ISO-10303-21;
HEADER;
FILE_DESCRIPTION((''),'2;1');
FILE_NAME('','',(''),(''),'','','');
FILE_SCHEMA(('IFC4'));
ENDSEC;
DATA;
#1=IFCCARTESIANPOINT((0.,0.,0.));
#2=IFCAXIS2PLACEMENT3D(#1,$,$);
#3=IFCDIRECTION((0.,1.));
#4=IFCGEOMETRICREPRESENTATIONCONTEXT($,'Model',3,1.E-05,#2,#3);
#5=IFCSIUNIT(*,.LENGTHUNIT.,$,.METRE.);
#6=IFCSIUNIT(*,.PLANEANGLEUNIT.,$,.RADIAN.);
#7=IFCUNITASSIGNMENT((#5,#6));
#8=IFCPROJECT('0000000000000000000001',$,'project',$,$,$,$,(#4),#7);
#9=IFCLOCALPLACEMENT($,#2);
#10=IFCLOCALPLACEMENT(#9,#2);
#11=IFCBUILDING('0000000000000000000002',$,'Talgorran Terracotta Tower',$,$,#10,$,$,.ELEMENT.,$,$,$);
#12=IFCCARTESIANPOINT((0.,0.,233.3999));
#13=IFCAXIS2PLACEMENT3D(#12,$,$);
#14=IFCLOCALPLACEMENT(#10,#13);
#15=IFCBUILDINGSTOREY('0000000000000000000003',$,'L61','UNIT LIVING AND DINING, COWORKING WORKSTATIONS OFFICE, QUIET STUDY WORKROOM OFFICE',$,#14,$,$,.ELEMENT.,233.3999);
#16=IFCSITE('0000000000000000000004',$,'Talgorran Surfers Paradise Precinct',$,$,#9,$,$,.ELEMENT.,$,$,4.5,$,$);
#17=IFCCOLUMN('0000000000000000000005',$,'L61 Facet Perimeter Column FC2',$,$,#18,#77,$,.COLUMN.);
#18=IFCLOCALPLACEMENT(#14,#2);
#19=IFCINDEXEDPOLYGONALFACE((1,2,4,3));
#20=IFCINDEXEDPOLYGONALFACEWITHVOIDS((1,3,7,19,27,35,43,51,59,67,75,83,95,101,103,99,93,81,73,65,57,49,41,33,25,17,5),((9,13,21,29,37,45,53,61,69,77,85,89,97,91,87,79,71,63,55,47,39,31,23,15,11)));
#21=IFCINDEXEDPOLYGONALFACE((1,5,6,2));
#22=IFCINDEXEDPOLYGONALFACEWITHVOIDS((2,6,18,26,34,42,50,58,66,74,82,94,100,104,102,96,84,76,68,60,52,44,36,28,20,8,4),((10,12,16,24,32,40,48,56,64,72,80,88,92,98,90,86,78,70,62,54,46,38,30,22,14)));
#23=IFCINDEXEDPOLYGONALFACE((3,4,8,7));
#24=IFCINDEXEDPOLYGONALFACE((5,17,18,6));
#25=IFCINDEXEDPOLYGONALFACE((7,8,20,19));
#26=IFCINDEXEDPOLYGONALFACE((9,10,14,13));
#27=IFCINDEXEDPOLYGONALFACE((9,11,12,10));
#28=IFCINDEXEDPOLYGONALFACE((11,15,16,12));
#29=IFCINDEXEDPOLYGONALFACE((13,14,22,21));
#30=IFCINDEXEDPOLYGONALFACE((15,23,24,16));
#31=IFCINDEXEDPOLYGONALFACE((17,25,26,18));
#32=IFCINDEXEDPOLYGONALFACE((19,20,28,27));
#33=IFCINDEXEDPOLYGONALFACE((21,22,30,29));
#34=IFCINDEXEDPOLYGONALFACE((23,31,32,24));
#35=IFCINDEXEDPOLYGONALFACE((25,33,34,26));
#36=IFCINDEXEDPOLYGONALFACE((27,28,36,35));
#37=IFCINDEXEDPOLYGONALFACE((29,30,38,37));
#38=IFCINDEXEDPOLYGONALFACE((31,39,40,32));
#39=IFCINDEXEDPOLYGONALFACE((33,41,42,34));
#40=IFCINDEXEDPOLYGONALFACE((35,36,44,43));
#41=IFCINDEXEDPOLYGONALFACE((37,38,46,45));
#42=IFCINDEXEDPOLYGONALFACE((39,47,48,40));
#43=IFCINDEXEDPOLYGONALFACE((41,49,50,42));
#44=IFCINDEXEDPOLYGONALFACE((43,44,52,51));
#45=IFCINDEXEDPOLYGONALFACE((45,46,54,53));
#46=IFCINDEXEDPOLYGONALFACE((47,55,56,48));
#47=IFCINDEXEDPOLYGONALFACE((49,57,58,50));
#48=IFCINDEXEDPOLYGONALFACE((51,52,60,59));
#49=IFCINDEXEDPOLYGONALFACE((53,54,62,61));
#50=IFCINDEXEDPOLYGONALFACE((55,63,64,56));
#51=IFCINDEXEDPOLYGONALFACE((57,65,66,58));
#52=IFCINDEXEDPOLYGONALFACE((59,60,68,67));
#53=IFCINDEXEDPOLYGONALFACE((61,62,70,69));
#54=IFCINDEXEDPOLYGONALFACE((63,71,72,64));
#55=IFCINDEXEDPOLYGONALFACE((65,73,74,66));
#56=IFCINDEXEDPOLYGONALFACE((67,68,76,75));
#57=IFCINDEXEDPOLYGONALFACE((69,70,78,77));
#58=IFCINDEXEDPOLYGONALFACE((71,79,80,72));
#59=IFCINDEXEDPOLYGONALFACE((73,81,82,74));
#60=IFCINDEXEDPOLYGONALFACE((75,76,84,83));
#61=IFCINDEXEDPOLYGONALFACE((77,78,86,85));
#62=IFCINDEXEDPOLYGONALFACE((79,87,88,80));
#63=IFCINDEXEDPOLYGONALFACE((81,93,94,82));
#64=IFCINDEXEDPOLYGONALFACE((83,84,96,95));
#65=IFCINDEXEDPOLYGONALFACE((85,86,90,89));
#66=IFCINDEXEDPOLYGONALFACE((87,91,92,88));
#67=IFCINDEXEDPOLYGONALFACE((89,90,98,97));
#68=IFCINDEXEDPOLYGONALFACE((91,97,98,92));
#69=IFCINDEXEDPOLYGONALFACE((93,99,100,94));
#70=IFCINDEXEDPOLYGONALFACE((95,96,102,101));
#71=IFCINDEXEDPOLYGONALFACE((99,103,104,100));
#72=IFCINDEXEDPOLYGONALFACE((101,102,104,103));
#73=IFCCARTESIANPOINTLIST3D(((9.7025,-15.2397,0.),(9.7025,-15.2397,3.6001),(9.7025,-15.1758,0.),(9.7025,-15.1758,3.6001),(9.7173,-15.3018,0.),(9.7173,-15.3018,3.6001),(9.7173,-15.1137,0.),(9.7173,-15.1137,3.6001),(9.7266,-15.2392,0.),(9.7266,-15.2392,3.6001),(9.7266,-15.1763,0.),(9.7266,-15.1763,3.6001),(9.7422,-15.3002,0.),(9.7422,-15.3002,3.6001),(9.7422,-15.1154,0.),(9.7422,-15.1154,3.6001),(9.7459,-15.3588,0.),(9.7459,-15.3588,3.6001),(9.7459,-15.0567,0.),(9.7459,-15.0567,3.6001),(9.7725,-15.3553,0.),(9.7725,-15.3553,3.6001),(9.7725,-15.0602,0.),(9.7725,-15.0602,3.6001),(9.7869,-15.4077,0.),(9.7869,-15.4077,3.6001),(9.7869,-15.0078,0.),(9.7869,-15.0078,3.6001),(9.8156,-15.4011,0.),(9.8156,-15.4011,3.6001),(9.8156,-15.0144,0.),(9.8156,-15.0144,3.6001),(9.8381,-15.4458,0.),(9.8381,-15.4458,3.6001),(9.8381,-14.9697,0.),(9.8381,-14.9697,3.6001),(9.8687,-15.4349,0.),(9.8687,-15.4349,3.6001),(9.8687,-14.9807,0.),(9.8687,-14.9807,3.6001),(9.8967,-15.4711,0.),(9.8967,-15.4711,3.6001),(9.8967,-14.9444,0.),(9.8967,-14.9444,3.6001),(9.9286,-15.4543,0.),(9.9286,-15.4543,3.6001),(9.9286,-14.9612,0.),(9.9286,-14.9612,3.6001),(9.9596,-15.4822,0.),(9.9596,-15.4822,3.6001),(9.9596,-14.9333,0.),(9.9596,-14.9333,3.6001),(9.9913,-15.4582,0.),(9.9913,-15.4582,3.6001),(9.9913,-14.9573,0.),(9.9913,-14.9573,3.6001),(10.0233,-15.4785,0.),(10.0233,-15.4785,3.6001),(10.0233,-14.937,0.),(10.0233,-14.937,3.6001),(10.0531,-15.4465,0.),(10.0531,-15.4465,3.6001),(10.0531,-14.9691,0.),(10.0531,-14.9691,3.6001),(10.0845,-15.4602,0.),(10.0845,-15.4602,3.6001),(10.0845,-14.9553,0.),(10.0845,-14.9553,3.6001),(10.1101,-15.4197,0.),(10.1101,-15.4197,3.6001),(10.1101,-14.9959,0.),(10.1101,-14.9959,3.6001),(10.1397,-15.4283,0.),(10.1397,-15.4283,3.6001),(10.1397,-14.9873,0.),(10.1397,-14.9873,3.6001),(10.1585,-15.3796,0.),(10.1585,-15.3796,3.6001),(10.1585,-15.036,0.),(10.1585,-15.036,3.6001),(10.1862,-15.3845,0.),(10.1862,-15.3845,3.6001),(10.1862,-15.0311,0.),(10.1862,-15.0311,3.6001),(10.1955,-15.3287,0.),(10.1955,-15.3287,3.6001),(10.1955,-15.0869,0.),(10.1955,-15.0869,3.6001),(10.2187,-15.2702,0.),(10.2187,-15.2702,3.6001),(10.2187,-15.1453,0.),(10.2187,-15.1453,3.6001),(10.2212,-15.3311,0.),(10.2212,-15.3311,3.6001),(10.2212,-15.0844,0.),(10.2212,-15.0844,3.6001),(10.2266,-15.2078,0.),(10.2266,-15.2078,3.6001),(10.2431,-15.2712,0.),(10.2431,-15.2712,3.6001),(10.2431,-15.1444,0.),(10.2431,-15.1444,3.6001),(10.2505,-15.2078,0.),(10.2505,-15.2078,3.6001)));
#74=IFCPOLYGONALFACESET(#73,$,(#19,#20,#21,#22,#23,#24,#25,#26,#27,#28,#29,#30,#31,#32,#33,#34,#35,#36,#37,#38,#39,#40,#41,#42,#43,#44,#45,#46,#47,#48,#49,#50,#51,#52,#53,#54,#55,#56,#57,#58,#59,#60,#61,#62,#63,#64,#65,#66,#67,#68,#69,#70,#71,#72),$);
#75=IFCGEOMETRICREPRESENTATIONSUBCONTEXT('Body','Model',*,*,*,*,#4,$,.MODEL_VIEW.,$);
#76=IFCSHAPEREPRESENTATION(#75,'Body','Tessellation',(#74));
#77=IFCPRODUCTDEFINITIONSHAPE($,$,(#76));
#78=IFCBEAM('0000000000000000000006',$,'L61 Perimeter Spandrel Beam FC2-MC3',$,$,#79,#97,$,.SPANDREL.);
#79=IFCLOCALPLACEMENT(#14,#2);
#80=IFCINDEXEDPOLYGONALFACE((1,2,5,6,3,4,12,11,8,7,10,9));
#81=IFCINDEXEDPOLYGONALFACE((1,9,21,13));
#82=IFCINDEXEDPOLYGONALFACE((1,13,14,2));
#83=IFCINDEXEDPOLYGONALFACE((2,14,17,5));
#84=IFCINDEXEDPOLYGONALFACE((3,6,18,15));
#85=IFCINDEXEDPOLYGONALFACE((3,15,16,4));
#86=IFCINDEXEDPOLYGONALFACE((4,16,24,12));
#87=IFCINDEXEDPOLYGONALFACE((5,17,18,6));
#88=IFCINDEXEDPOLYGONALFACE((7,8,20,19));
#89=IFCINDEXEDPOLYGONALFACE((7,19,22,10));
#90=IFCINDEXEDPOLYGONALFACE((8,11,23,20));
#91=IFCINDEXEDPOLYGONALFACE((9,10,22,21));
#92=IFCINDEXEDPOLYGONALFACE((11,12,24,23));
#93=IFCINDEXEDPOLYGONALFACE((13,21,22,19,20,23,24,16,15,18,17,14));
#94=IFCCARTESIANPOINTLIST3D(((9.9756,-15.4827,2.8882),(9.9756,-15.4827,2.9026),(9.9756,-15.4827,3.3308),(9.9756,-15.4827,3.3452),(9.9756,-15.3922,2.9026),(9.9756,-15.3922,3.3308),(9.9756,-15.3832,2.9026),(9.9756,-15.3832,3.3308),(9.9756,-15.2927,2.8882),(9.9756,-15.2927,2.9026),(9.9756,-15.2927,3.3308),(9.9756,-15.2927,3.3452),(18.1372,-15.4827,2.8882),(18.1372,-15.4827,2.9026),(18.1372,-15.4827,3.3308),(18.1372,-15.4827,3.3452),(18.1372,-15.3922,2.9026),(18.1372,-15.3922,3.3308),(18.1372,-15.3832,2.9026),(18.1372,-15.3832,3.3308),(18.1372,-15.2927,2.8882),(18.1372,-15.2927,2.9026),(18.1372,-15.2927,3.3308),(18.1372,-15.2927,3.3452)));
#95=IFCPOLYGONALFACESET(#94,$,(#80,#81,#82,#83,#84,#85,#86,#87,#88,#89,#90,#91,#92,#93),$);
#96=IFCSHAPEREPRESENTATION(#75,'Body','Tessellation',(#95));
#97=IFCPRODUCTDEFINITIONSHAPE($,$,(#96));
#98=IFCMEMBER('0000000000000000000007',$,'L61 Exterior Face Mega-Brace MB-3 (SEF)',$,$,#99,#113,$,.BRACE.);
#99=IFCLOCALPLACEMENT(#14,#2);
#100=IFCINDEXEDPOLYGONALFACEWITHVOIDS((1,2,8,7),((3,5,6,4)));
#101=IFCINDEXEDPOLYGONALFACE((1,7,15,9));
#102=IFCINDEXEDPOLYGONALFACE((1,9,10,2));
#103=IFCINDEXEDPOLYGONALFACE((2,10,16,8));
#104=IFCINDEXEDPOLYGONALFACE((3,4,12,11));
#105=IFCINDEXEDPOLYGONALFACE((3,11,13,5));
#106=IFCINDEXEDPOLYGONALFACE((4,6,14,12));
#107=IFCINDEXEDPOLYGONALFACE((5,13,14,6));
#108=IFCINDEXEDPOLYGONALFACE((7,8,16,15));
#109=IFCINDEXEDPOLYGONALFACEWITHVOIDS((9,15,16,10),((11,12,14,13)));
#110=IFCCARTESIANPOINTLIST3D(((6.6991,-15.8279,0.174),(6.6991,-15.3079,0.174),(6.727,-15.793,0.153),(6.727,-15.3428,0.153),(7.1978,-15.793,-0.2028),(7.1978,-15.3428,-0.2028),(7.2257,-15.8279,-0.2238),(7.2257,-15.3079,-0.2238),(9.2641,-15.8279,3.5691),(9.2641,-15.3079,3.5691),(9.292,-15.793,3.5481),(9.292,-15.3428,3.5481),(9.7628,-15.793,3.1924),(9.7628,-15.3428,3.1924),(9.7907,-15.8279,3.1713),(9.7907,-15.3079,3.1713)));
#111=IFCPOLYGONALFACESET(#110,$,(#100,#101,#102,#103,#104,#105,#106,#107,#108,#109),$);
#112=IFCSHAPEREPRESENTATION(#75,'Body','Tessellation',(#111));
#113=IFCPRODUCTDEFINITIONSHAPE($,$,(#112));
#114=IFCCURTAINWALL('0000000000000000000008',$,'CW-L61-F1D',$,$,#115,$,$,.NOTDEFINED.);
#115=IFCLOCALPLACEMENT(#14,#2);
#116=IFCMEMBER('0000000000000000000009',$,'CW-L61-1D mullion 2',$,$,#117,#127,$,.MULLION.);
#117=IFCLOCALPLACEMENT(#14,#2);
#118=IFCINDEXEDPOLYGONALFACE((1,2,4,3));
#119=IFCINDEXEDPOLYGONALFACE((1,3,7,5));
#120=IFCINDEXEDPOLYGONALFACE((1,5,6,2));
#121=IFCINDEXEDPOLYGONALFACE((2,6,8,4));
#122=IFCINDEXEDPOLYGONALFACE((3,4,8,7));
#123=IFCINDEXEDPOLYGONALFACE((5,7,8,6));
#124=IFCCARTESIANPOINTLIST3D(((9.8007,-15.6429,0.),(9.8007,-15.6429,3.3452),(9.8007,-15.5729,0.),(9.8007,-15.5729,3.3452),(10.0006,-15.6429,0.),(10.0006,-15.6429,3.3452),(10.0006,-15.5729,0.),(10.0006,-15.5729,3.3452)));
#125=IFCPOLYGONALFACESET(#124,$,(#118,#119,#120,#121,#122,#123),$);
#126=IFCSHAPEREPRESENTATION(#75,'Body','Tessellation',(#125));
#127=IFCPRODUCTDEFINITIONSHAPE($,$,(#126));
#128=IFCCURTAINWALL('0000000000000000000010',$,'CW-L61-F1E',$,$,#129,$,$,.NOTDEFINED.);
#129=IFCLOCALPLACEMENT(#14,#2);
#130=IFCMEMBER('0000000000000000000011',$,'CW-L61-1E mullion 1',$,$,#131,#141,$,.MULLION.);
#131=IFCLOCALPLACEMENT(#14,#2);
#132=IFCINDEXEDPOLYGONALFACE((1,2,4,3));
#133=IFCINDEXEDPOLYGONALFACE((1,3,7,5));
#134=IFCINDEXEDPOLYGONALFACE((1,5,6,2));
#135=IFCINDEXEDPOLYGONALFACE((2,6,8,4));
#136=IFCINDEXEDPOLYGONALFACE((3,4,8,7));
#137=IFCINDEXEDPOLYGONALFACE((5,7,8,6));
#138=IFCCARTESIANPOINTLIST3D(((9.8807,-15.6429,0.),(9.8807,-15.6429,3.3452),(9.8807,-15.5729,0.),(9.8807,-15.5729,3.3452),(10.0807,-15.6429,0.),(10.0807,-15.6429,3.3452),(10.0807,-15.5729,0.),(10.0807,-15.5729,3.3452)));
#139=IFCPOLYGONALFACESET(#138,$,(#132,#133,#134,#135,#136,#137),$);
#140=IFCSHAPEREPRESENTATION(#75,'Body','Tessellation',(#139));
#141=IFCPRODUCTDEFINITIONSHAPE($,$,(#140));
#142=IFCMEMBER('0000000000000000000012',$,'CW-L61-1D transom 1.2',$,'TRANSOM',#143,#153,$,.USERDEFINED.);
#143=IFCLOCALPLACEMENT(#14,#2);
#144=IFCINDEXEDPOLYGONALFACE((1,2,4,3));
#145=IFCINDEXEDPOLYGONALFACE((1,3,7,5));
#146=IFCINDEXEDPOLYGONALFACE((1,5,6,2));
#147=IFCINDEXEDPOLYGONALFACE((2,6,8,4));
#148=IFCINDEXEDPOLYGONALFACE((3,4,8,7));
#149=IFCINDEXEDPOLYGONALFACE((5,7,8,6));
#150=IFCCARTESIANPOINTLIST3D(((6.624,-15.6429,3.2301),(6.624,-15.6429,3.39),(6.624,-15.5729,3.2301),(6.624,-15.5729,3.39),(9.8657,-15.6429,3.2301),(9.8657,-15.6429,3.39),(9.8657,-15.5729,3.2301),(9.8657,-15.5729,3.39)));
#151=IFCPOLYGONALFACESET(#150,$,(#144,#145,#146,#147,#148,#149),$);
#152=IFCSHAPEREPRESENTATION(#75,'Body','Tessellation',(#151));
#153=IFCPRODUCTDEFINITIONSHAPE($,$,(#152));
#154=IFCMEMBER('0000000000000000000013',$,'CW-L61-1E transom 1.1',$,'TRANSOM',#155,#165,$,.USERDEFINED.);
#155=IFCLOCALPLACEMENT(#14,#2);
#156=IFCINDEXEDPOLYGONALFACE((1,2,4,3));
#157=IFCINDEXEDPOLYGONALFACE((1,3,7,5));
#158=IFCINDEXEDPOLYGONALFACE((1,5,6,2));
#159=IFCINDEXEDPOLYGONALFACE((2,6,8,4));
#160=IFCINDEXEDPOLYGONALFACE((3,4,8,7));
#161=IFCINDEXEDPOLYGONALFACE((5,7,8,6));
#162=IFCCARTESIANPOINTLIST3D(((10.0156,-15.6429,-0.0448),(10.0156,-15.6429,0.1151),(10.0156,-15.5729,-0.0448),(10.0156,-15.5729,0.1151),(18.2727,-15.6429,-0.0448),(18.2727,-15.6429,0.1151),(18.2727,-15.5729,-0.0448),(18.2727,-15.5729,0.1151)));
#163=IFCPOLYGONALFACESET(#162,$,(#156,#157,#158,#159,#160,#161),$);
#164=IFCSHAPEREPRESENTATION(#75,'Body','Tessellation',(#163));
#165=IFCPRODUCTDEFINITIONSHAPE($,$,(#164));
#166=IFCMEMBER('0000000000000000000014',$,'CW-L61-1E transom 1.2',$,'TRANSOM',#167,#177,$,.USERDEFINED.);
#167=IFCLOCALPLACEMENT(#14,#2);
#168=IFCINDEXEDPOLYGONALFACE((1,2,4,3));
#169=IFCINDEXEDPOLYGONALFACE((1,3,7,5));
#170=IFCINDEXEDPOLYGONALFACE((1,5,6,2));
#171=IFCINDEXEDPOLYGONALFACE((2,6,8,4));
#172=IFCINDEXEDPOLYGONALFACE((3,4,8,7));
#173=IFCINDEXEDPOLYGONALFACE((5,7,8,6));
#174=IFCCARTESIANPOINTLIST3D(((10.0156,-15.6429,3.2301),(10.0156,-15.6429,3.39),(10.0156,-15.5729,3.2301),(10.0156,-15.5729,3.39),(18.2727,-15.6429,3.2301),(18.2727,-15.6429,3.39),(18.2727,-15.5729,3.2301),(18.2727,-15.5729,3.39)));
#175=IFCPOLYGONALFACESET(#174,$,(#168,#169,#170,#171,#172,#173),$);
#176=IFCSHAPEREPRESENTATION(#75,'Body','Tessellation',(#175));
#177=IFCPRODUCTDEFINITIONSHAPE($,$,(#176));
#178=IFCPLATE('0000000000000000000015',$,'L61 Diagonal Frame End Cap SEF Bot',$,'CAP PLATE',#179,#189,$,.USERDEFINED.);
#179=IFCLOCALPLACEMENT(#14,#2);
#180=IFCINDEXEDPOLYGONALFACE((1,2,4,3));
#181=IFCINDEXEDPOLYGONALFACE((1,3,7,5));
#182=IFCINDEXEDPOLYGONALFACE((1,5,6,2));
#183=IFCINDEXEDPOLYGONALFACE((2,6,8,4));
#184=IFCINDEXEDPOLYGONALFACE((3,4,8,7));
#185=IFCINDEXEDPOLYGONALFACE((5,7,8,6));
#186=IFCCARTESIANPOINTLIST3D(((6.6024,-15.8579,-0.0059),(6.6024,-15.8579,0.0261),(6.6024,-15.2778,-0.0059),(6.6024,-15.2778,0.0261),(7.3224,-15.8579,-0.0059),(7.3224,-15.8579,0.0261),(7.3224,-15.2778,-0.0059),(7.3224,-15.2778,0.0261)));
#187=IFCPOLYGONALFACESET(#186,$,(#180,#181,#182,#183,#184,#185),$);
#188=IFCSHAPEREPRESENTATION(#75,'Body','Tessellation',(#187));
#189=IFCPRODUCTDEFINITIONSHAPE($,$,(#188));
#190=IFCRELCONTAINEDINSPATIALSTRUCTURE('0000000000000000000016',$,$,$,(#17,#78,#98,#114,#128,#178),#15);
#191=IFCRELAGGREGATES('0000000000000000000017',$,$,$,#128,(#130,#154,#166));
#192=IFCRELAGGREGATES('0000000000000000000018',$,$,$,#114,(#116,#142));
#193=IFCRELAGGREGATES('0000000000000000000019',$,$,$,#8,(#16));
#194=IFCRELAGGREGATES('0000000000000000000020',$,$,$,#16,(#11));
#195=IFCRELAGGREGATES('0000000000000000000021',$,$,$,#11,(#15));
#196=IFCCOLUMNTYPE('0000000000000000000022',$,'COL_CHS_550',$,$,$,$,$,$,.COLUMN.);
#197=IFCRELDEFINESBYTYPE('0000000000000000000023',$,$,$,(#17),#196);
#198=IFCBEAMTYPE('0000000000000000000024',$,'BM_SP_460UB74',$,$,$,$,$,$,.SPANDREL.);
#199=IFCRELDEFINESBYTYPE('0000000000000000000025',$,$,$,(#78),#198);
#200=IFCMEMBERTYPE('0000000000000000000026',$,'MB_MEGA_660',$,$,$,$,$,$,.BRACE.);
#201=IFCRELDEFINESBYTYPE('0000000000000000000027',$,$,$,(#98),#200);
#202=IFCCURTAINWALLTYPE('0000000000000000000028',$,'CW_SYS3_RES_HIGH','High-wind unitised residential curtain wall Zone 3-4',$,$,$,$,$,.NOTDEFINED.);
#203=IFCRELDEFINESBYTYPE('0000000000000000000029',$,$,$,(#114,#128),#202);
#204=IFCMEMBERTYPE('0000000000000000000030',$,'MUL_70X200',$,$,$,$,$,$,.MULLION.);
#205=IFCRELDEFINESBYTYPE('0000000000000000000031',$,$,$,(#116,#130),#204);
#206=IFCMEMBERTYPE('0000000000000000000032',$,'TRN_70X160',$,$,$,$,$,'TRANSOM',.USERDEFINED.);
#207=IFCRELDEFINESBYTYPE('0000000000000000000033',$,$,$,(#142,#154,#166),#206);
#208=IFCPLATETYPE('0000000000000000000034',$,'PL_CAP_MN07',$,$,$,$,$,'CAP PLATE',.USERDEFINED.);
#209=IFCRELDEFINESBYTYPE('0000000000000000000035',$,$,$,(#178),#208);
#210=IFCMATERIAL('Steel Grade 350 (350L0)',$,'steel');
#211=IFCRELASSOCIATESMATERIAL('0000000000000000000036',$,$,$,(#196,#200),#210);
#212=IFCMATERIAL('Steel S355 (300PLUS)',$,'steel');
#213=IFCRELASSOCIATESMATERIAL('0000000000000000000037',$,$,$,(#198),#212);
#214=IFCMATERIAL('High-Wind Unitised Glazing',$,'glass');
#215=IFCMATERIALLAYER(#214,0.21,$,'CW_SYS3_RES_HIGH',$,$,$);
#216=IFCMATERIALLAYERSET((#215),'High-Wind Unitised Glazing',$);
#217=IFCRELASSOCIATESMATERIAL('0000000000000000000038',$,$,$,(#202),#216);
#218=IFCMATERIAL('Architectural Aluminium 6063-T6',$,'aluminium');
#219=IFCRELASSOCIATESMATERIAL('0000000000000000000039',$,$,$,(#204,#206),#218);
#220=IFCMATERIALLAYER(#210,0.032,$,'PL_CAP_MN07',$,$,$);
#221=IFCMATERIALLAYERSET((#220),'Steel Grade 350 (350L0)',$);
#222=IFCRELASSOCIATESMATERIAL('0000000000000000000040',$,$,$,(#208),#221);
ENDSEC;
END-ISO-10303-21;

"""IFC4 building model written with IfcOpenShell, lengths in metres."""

from ifc_helpers import new_model, si_unit, direction, frame, origin, origin_2d, place, context, subcontext, project, spatial, rectangle, hollow_rectangle, hollow_circle, i_section, extrude, material, layer, layer_set, material_profile, profile_set, type_object, element, aggregate, save


model = new_model("IFC4")

# Units and contexts
model_context = context("Model", 3, precision=1e-05, world=origin(), true_north=direction((0.0, 1.0)))
body_context = subcontext(model_context, "Body", "Model", "MODEL_VIEW")
ifc_project = project(units=[si_unit("LENGTHUNIT", "METRE"), si_unit("PLANEANGLEUNIT", "RADIAN")], contexts=[model_context])

# Site, building, storey
site_placement = place(None, origin())
site = spatial("IfcSite", under=ifc_project, at=site_placement, Name="Talgorran Surfers Paradise Precinct", CompositionType="ELEMENT", RefElevation=4.5)
building_placement = place(site_placement, origin())
building = spatial("IfcBuilding", under=site, at=building_placement, Name="Talgorran Terracotta Tower", CompositionType="ELEMENT")
storey_placement = place(building_placement, frame((0.0, 0.0, 233.3999)))
storey = spatial("IfcBuildingStorey", under=building, at=storey_placement, Name="L61", Description="UNIT LIVING AND DINING, COWORKING WORKSTATIONS OFFICE, QUIET STUDY WORKROOM OFFICE", CompositionType="ELEMENT", Elevation=233.3999)

# Column
ifc_material_1 = material(Name="Steel Grade 350 (350L0)", Category="steel")
ifc_material_profile_1 = material_profile(ifc_material_1, hollow_circle(Radius=0.2749, WallThickness=0.0239, at=origin_2d()), Name="CHS550X24")
ifc_profile_set_1 = profile_set([ifc_material_profile_1], Name="Steel Grade 350 (350L0)")
column_type = type_object("IfcColumnType", Name="COL_CHS_550", PredefinedType="COLUMN", material=ifc_profile_set_1)
column_placement = place(storey_placement, frame((9.9756, -15.2078, 0.0), z_axis=(0.0, 0.0, 1.0), x_axis=(1.0, 0.0, 0.0)))
element("IfcColumn", 1, at=column_placement, inside=storey, type_object=column_type, Name="L61 Facet Perimeter Column FC2", PredefinedType="COLUMN", context=body_context, shape_type="SweptSolid", body=[
    extrude(hollow_circle(Radius=0.2749, WallThickness=0.0239, at=origin_2d()), origin(), (0.0, 0.0, 1.0), 3.6001),
])

# Beam
ifc_material_2 = material(Name="Steel S355 (300PLUS)", Category="steel")
ifc_material_profile_2 = material_profile(ifc_material_2, i_section(OverallWidth=0.1899, OverallDepth=0.457, WebThickness=0.009, FlangeThickness=0.0144, at=origin_2d()), Name="460UB74.6")
ifc_profile_set_2 = profile_set([ifc_material_profile_2], Name="Steel S355 (300PLUS)")
beam_type = type_object("IfcBeamType", Name="BM_SP_460UB74", PredefinedType="SPANDREL", material=ifc_profile_set_2)
beam_placement = place(storey_placement, frame((9.9756, -15.3877, 3.1167), z_axis=(1.0, 0.0, 0.0), x_axis=(0.0, 1.0, 0.0)))
element("IfcBeam", 2, at=beam_placement, inside=storey, type_object=beam_type, Name="L61 Perimeter Spandrel Beam FC2-MC3", PredefinedType="SPANDREL", context=body_context, shape_type="SweptSolid", body=[
    extrude(i_section(OverallWidth=0.1899, OverallDepth=0.457, WebThickness=0.009, FlangeThickness=0.0144, at=origin_2d()), origin(), (0.0, 0.0, 1.0), 8.1616),
])

# Member
ifc_material_profile_3 = material_profile(ifc_material_1, hollow_rectangle(XDim=0.52, YDim=0.6599, WallThickness=0.0349, at=origin_2d()), Name="WBOX660X520X35")
ifc_profile_set_3 = profile_set([ifc_material_profile_3], Name="Steel Grade 350 (350L0)")
member_type_1 = type_object("IfcMemberType", Name="MB_MEGA_660", PredefinedType="BRACE", material=ifc_profile_set_3)
member_1_placement = place(storey_placement, frame((6.9624, -15.5679, -0.0249), z_axis=(0.602805, 0.0, 0.797888), x_axis=(0.0, 1.0, 0.0)))
element("IfcMember", 3, at=member_1_placement, inside=storey, type_object=member_type_1, Name="L61 Exterior Face Mega-Brace MB-3 (SEF)", PredefinedType="BRACE", context=body_context, shape_type="SweptSolid", body=[
    extrude(hollow_rectangle(XDim=0.52, YDim=0.6599, WallThickness=0.0349, at=origin_2d()), origin(), (0.0, 0.0, 1.0), 4.2551),
])

# Curtain walls, members
ifc_material_3 = material(Name="High-Wind Unitised Glazing", Category="glass")
ifc_layer_1 = layer(ifc_material_3, 0.21, Name="CW_SYS3_RES_HIGH")
ifc_layer_set_1 = layer_set([ifc_layer_1], Name="High-Wind Unitised Glazing")
curtain_wall_type = type_object("IfcCurtainWallType", Name="CW_SYS3_RES_HIGH", Description="High-wind unitised residential curtain wall Zone 3-4", PredefinedType="NOTDEFINED", material=ifc_layer_set_1)
curtain_wall_1_placement = place(storey_placement, origin())
curtain_wall_1 = element("IfcCurtainWall", 4, at=curtain_wall_1_placement, inside=storey, type_object=curtain_wall_type, Name="CW-L61-F1D", PredefinedType="NOTDEFINED")
ifc_material_4 = material(Name="Architectural Aluminium 6063-T6", Category="aluminium")
ifc_material_profile_4 = material_profile(ifc_material_4, rectangle(XDim=0.0701, YDim=0.2, at=origin_2d()), Name="CWM70X200")
ifc_profile_set_4 = profile_set([ifc_material_profile_4], Name="Architectural Aluminium 6063-T6")
member_type_2 = type_object("IfcMemberType", Name="MUL_70X200", PredefinedType="MULLION", material=ifc_profile_set_4)
member_2_placement = place(storey_placement, frame((9.9006, -15.6079, 0.0), z_axis=(0.0, 0.0, 1.0), x_axis=(0.0, 1.0, 0.0)))
member_2 = element("IfcMember", 5, at=member_2_placement, type_object=member_type_2, Name="CW-L61-1D mullion 2", PredefinedType="MULLION", context=body_context, shape_type="SweptSolid", body=[
    extrude(rectangle(XDim=0.0701, YDim=0.2, at=origin_2d()), origin(), (0.0, 0.0, 1.0), 3.3452),
])
curtain_wall_2_placement = place(storey_placement, origin())
curtain_wall_2 = element("IfcCurtainWall", 6, at=curtain_wall_2_placement, inside=storey, type_object=curtain_wall_type, Name="CW-L61-F1E", PredefinedType="NOTDEFINED")
member_3_placement = place(storey_placement, frame((9.9807, -15.6079, 0.0), z_axis=(0.0, 0.0, 1.0), x_axis=(0.0, 1.0, 0.0)))
member_3 = element("IfcMember", 7, at=member_3_placement, type_object=member_type_2, Name="CW-L61-1E mullion 1", PredefinedType="MULLION", context=body_context, shape_type="SweptSolid", body=[
    extrude(rectangle(XDim=0.0701, YDim=0.2, at=origin_2d()), origin(), (0.0, 0.0, 1.0), 3.3452),
])

# Members
ifc_material_profile_5 = material_profile(ifc_material_4, rectangle(XDim=0.0701, YDim=0.1599, at=origin_2d()), Name="CWT70X160")
ifc_profile_set_5 = profile_set([ifc_material_profile_5], Name="Architectural Aluminium 6063-T6")
member_type_3 = type_object("IfcMemberType", Name="TRN_70X160", ElementType="TRANSOM", PredefinedType="USERDEFINED", material=ifc_profile_set_5)
member_4_placement = place(storey_placement, frame((6.624, -15.6079, 3.3101), z_axis=(1.0, 0.0, 0.0), x_axis=(0.0, 1.0, 0.0)))
member_4 = element("IfcMember", 8, at=member_4_placement, type_object=member_type_3, Name="CW-L61-1D transom 1.2", ObjectType="TRANSOM", PredefinedType="USERDEFINED", context=body_context, shape_type="SweptSolid", body=[
    extrude(rectangle(XDim=0.0701, YDim=0.1599, at=origin_2d()), origin(), (0.0, 0.0, 1.0), 3.2417),
])
member_5_placement = place(storey_placement, frame((10.0156, -15.6079, 0.0352), z_axis=(1.0, 0.0, 0.0), x_axis=(0.0, 1.0, 0.0)))
member_5 = element("IfcMember", 9, at=member_5_placement, type_object=member_type_3, Name="CW-L61-1E transom 1.1", ObjectType="TRANSOM", PredefinedType="USERDEFINED", context=body_context, shape_type="SweptSolid", body=[
    extrude(rectangle(XDim=0.0701, YDim=0.1599, at=origin_2d()), origin(), (0.0, 0.0, 1.0), 8.2571),
])
member_6_placement = place(storey_placement, frame((10.0156, -15.6079, 3.3101), z_axis=(1.0, 0.0, 0.0), x_axis=(0.0, 1.0, 0.0)))
member_6 = element("IfcMember", 10, at=member_6_placement, type_object=member_type_3, Name="CW-L61-1E transom 1.2", ObjectType="TRANSOM", PredefinedType="USERDEFINED", context=body_context, shape_type="SweptSolid", body=[
    extrude(rectangle(XDim=0.0701, YDim=0.1599, at=origin_2d()), origin(), (0.0, 0.0, 1.0), 8.2571),
])
aggregate(curtain_wall_2, [member_3, member_5, member_6])

# Plate
ifc_layer_2 = layer(ifc_material_1, 0.032, Name="PL_CAP_MN07")
ifc_layer_set_2 = layer_set([ifc_layer_2], Name="Steel Grade 350 (350L0)")
plate_type_1 = type_object("IfcPlateType", Name="PL_CAP_MN07", ElementType="CAP PLATE", PredefinedType="USERDEFINED", material=ifc_layer_set_2)
for number, where, z_axis, x_axis, name in (
    (11, (6.9624, -15.5679, -0.0059), (0.0, 0.0, 1.0), (1.0, 0.0, 0.0), "L61 Diagonal Frame End Cap SEF Bot"),
):
    element("IfcPlate", number, at=place(storey_placement, frame(where, z_axis=z_axis, x_axis=x_axis)), inside=storey, type_object=plate_type_1, Name=name, ObjectType="CAP PLATE", PredefinedType="USERDEFINED", context=body_context, shape_type="SweptSolid", body=[
        extrude(rectangle(XDim=0.72, YDim=0.5801, at=origin_2d()), origin(), (0.0, 0.0, 1.0), 0.032),
    ])

aggregate(curtain_wall_1, [member_2, member_4])

save(model, "model.ifc")
